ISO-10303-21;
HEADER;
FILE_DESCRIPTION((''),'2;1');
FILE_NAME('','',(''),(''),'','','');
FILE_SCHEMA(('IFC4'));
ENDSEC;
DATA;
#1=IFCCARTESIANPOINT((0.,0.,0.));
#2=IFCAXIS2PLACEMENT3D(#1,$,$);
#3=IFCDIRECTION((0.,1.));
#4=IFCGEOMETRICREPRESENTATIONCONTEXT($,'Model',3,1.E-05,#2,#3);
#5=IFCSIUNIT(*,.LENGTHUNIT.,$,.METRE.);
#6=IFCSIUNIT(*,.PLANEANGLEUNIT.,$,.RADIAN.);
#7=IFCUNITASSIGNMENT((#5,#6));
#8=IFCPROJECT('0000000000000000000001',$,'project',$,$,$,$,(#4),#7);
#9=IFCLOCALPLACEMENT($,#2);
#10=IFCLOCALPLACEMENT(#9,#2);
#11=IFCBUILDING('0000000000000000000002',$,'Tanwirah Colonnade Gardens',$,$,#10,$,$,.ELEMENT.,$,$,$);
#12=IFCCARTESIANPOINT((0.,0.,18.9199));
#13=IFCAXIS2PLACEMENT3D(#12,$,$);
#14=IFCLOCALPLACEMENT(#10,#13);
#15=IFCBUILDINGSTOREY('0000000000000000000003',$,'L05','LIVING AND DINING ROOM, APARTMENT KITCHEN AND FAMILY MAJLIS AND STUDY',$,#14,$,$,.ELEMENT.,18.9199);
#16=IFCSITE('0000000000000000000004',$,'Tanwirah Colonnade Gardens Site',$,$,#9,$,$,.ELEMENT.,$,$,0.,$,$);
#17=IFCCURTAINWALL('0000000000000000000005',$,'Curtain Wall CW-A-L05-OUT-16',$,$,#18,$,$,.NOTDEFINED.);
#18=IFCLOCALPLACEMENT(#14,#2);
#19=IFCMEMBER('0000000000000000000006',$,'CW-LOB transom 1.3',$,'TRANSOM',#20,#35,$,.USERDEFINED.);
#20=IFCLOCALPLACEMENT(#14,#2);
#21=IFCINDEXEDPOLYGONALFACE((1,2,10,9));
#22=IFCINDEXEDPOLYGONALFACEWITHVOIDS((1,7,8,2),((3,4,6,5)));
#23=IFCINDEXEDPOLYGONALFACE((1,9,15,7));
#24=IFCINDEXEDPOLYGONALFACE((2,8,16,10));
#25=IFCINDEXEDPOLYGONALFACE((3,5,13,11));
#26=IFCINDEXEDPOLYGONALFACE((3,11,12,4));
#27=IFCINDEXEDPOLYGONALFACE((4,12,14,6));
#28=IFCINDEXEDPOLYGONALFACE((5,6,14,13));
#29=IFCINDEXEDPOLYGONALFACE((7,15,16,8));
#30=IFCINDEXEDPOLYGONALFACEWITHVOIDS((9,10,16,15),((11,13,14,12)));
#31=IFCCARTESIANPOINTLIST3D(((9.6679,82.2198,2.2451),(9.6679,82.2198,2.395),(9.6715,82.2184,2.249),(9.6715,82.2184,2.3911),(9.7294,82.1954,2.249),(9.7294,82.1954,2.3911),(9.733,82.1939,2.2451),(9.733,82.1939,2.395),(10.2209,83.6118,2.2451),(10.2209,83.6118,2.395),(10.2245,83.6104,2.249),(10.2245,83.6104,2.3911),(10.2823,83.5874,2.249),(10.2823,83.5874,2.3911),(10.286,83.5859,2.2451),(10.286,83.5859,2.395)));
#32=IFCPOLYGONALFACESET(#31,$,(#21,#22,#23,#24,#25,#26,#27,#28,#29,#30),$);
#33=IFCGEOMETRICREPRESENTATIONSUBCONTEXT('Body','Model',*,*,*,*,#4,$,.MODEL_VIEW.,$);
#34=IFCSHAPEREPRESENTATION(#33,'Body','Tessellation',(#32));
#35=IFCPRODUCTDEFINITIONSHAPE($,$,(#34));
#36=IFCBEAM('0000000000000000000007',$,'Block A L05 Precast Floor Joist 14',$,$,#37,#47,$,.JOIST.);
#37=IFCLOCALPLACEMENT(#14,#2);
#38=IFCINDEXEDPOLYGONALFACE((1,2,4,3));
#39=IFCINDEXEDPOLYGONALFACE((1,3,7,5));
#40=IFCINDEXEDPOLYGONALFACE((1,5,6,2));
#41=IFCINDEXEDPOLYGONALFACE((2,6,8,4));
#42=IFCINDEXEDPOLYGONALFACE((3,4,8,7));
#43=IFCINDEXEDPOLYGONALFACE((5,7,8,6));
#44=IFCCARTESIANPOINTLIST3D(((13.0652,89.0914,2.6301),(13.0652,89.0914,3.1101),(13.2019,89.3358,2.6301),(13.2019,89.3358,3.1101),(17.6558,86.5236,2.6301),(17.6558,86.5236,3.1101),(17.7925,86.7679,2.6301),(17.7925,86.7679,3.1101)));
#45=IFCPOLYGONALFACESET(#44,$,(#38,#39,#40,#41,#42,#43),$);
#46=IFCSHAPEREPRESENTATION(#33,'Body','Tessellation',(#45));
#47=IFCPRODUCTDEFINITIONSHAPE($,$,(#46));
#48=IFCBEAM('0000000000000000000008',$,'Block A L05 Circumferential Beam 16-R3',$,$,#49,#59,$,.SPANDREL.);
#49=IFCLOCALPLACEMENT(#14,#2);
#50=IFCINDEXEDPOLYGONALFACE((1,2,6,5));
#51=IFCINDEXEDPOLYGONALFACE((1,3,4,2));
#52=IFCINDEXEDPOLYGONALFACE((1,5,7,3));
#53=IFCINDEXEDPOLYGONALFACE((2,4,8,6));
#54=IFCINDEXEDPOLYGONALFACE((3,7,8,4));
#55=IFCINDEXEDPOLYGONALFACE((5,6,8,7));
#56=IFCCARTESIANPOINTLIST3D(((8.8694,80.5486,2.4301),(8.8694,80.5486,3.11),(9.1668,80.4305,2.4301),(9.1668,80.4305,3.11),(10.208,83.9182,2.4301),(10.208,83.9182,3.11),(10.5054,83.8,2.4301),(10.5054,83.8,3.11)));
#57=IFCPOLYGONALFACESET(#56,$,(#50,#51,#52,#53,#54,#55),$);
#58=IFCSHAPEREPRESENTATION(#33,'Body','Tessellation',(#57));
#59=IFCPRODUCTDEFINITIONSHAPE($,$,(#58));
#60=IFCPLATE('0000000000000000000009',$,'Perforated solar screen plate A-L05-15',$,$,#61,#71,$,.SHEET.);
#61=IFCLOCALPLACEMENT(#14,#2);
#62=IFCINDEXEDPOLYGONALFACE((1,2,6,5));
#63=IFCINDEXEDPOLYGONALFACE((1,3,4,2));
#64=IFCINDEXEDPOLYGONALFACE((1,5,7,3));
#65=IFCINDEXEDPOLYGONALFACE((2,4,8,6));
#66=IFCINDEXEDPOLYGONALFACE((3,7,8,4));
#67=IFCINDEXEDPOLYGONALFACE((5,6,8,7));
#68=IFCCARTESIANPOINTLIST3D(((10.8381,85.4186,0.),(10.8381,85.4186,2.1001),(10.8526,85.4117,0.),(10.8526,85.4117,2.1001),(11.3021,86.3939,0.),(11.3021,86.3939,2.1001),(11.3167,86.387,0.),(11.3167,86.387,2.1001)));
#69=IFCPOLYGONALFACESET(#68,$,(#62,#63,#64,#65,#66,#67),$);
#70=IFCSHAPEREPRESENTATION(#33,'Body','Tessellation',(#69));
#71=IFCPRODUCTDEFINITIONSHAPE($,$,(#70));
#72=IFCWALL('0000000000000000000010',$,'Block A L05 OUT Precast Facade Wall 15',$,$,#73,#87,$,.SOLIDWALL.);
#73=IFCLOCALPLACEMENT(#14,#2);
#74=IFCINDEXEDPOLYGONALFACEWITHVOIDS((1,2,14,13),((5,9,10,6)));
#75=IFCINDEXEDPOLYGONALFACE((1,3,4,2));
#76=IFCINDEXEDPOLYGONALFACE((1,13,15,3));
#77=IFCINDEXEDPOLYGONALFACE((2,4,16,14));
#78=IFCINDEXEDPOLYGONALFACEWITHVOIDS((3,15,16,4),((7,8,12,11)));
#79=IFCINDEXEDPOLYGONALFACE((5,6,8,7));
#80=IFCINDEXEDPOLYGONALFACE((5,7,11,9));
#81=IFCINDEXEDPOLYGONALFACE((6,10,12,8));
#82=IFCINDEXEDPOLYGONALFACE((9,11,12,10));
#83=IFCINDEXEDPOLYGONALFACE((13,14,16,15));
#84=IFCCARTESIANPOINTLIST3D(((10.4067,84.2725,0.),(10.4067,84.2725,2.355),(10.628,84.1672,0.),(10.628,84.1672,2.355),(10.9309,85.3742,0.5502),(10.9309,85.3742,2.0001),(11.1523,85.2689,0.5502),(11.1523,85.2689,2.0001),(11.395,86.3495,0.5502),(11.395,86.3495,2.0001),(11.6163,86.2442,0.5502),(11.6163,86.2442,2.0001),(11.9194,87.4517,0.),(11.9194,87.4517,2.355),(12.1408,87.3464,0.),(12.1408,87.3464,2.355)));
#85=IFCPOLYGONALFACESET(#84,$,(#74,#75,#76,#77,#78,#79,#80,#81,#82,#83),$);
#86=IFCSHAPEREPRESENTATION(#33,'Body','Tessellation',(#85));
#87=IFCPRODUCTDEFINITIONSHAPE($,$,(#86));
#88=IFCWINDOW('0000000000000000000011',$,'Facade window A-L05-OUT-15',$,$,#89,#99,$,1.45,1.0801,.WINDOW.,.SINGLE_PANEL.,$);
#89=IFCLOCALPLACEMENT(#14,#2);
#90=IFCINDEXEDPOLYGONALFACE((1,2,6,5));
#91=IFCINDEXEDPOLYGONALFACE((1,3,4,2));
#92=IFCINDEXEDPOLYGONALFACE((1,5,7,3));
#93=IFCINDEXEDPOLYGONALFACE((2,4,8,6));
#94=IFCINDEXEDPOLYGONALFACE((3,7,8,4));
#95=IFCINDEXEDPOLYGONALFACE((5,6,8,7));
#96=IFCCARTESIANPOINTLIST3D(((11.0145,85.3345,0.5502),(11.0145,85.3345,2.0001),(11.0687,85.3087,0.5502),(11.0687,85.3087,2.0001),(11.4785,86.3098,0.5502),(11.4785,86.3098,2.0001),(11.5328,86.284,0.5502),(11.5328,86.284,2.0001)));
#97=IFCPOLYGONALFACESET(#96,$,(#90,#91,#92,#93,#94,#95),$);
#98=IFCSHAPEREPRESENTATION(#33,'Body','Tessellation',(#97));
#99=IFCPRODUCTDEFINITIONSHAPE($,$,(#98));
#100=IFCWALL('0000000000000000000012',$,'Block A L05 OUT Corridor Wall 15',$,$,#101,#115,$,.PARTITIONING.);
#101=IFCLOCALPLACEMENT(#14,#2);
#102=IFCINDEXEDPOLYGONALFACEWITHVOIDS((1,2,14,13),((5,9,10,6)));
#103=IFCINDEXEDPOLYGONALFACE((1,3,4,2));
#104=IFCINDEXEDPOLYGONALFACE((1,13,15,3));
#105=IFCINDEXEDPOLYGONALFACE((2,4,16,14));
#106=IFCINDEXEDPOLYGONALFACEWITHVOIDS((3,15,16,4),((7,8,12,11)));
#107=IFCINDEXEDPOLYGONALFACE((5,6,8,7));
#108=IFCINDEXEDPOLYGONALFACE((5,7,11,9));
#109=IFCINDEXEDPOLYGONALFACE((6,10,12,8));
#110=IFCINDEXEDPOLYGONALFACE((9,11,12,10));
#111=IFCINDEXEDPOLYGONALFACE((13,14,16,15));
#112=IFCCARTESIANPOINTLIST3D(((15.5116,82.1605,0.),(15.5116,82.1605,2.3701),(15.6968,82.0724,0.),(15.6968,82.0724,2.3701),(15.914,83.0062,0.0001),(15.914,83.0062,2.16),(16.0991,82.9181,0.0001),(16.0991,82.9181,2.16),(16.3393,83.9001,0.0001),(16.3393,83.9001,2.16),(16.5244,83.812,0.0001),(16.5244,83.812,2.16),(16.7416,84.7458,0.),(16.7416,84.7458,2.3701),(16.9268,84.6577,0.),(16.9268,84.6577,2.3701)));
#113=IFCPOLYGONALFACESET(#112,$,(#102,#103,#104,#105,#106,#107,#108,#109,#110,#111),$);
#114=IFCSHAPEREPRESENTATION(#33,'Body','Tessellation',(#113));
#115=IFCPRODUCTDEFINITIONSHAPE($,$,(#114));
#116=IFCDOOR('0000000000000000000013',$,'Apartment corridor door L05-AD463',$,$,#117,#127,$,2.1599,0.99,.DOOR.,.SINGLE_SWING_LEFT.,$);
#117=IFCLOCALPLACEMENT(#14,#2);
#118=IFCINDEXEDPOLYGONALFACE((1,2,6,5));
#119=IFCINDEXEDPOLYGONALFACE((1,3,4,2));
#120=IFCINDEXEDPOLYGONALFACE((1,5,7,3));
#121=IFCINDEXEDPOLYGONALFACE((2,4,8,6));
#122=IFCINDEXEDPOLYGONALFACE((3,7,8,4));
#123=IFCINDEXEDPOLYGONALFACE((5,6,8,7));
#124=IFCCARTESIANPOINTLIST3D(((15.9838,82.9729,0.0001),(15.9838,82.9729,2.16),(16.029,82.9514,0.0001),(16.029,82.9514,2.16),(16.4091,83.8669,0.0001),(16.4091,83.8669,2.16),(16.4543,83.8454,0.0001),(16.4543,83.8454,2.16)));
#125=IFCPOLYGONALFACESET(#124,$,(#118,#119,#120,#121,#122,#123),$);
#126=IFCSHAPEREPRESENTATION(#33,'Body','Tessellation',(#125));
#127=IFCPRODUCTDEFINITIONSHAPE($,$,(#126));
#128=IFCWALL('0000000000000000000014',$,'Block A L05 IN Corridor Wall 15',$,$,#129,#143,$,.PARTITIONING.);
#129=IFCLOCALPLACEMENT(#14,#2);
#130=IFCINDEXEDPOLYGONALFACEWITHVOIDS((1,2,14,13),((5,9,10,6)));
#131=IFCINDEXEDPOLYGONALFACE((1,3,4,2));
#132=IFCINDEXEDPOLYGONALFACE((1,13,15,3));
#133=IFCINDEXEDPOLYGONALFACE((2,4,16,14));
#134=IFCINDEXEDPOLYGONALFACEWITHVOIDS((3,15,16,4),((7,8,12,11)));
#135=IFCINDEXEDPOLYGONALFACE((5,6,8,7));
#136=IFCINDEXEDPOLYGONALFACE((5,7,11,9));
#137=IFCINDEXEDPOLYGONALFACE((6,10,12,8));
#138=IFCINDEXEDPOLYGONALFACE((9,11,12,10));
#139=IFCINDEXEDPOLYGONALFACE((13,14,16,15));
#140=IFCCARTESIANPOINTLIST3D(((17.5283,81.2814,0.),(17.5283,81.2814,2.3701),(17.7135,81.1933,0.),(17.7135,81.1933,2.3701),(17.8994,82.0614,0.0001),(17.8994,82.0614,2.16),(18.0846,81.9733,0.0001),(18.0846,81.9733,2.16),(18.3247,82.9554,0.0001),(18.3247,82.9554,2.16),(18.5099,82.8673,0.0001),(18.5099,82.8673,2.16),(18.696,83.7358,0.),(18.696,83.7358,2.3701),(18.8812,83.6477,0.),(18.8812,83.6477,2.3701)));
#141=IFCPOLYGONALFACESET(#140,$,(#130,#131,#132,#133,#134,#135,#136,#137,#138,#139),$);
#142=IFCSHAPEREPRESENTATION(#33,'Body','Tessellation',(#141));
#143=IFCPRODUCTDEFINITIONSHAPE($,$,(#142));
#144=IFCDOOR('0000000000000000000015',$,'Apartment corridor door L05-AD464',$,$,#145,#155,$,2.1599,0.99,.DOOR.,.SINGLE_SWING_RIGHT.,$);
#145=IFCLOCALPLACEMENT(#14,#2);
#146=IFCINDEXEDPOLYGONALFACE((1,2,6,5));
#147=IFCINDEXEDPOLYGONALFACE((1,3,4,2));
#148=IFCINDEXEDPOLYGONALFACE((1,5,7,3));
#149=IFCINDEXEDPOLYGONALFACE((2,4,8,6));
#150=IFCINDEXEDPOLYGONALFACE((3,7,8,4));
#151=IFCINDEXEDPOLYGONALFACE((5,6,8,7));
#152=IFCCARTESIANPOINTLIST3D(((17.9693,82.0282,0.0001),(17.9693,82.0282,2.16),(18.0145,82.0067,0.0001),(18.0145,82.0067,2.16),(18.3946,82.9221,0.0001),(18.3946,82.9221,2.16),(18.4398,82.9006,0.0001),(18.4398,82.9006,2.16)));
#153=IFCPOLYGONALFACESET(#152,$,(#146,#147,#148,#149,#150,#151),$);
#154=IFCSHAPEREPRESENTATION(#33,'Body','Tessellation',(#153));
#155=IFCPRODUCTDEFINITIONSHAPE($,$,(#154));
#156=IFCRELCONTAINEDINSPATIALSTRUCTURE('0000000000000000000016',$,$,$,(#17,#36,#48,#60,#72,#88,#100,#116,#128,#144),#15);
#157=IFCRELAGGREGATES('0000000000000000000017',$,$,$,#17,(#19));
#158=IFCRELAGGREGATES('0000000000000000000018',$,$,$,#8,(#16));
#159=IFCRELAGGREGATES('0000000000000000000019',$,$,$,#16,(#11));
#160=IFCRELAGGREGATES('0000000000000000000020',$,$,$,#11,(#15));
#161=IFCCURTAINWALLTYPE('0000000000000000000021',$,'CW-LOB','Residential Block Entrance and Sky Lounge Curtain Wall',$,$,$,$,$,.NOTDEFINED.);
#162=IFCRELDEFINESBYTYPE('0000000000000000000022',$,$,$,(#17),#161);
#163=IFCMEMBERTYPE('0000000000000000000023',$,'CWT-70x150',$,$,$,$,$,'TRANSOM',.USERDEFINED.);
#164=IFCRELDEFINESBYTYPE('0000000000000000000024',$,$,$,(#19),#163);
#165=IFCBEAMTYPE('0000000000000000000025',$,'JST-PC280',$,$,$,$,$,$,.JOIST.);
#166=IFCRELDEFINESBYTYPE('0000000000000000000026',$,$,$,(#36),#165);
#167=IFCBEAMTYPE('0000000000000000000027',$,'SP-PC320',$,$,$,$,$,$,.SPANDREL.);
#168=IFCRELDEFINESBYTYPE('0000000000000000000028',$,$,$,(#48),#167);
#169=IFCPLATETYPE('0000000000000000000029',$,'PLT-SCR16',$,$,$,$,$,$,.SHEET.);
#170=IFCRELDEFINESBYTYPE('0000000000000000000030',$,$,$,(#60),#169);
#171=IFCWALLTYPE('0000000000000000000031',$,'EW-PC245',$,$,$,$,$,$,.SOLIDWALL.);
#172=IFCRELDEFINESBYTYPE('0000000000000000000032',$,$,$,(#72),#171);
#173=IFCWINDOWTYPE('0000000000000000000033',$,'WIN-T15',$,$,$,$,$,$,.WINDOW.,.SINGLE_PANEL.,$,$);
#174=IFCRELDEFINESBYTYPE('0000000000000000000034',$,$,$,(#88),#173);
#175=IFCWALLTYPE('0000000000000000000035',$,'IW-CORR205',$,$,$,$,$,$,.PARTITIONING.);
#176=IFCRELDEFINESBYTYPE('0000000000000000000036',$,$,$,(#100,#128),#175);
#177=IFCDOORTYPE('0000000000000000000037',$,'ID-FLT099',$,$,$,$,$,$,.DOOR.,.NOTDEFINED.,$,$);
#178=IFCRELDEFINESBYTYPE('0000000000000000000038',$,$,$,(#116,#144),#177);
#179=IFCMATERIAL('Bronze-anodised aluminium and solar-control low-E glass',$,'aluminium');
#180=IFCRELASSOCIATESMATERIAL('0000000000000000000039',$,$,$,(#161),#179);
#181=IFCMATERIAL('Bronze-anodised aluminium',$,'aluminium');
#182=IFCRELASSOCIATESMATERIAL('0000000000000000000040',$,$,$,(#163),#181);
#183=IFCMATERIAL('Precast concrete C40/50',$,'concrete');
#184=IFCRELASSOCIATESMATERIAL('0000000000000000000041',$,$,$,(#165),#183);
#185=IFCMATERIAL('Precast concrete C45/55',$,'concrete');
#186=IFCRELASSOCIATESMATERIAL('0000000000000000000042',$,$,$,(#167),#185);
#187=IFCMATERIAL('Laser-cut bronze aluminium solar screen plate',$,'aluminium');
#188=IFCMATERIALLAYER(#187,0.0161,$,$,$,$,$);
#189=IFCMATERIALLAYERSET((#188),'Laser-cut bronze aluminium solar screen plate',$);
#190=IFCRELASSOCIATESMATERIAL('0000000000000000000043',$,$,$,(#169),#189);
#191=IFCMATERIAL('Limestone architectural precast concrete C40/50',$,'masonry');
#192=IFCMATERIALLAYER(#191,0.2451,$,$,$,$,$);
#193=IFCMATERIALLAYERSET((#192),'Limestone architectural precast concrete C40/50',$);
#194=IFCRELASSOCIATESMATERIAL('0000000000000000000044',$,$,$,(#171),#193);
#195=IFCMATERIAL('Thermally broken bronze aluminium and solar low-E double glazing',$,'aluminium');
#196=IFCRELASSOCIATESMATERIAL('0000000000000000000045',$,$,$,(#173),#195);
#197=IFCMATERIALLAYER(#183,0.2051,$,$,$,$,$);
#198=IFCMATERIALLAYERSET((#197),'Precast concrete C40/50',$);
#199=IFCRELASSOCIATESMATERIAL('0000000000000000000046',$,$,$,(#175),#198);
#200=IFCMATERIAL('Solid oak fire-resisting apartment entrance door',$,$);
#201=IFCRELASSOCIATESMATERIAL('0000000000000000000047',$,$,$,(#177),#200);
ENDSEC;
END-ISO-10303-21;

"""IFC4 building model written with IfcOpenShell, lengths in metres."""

from ifc_helpers import new_model, si_unit, direction, frame, frame_2d, origin, origin_2d, place, context, subcontext, project, spatial, rectangle, hollow_rectangle, extrude, material, layer, layer_set, material_profile, profile_set, type_object, element, fill, aggregate, save


model = new_model("IFC4")

# Units and contexts
model_context = context("Model", 3, precision=1e-05, world=origin(), true_north=direction((0.0, 1.0)))
body_context = subcontext(model_context, "Body", "Model", "MODEL_VIEW")
ifc_project = project(units=[si_unit("LENGTHUNIT", "METRE"), si_unit("PLANEANGLEUNIT", "RADIAN")], contexts=[model_context])

# Site, building, storey
site_placement = place(None, origin())
site = spatial("IfcSite", under=ifc_project, at=site_placement, Name="Tanwirah Colonnade Gardens Site", CompositionType="ELEMENT", RefElevation=0.0)
building_placement = place(site_placement, origin())
building = spatial("IfcBuilding", under=site, at=building_placement, Name="Tanwirah Colonnade Gardens", CompositionType="ELEMENT")
storey_placement = place(building_placement, frame((0.0, 0.0, 18.9199)))
storey = spatial("IfcBuildingStorey", under=building, at=storey_placement, Name="L05", Description="LIVING AND DINING ROOM, APARTMENT KITCHEN AND FAMILY MAJLIS AND STUDY", CompositionType="ELEMENT", Elevation=18.9199)

# Shared definitions
ifc_material_1 = material(Name="Precast concrete C45/55", Category="concrete")

# Shared definitions
ifc_material_2 = material(Name="Precast concrete C40/50", Category="concrete")

# Curtain wall, member
ifc_material_3 = material(Name="Bronze-anodised aluminium and solar-control low-E glass", Category="aluminium")
curtain_wall_type = type_object("IfcCurtainWallType", Name="CW-LOB", Description="Residential Block Entrance and Sky Lounge Curtain Wall", PredefinedType="NOTDEFINED", material=ifc_material_3)
curtain_wall_placement = place(storey_placement, origin())
curtain_wall = element("IfcCurtainWall", 1, at=curtain_wall_placement, inside=storey, type_object=curtain_wall_type, Name="Curtain Wall CW-A-L05-OUT-16", PredefinedType="NOTDEFINED")
ifc_material_4 = material(Name="Bronze-anodised aluminium", Category="aluminium")
ifc_material_profile_1 = material_profile(ifc_material_4, hollow_rectangle(XDim=0.0701, YDim=0.1499, WallThickness=0.0039, at=origin_2d()), Name="CW-TRN 70x150x4")
ifc_profile_set_1 = profile_set([ifc_material_profile_1], Name="Bronze-anodised aluminium")
member_type_1 = type_object("IfcMemberType", Name="CWT-70x150", ElementType="TRANSOM", PredefinedType="USERDEFINED", material=ifc_profile_set_1)
member_1_placement = place(storey_placement, frame((10.2534, 83.5989, 2.3201), z_axis=(-0.36917, -0.929362, 0.0), x_axis=(0.929362, -0.36917, 0.0)))
member_1 = element("IfcMember", 2, at=member_1_placement, type_object=member_type_1, Name="CW-LOB transom 1.3", ObjectType="TRANSOM", PredefinedType="USERDEFINED", context=body_context, shape_type="SweptSolid", body=[
    extrude(hollow_rectangle(XDim=0.0701, YDim=0.1499, WallThickness=0.0039, at=origin_2d()), origin(), (0.0, 0.0, 1.0), 1.4978),
])
aggregate(curtain_wall, [member_1])

# Beams
ifc_material_profile_2 = material_profile(ifc_material_2, rectangle(XDim=0.28, YDim=0.48, at=origin_2d()), Name="PC-JST 280x480")
ifc_profile_set_2 = profile_set([ifc_material_profile_2], Name="Precast concrete C40/50")
beam_type_1 = type_object("IfcBeamType", Name="JST-PC280", PredefinedType="JOIST", material=ifc_profile_set_2)
beam_1_placement = place(storey_placement, frame((17.7241, 86.6458, 2.8701), z_axis=(-0.872737, 0.488191, 0.0), x_axis=(-0.488191, -0.872737, 0.0)))
element("IfcBeam", 3, at=beam_1_placement, inside=storey, type_object=beam_type_1, Name="Block A L05 Precast Floor Joist 14", PredefinedType="JOIST", context=body_context, shape_type="SweptSolid", body=[
    extrude(rectangle(XDim=0.28, YDim=0.48, at=origin_2d()), origin(), (0.0, 0.0, 1.0), 5.26),
])
ifc_material_profile_3 = material_profile(ifc_material_1, rectangle(XDim=0.3201, YDim=0.6799, at=origin_2d()), Name="PC-SP 320x680")
ifc_profile_set_3 = profile_set([ifc_material_profile_3], Name="Precast concrete C45/55")
beam_type_2 = type_object("IfcBeamType", Name="SP-PC320", PredefinedType="SPANDREL", material=ifc_profile_set_3)
beam_2_placement = place(storey_placement, frame((10.3567, 83.8591, 2.77), z_axis=(-0.369195, -0.929352, 0.0), x_axis=(0.929352, -0.369195, 0.0)))
element("IfcBeam", 4, at=beam_2_placement, inside=storey, type_object=beam_type_2, Name="Block A L05 Circumferential Beam 16-R3", PredefinedType="SPANDREL", context=body_context, shape_type="SweptSolid", body=[
    extrude(rectangle(XDim=0.3201, YDim=0.6799, at=origin_2d()), origin(), (0.0, 0.0, 1.0), 3.6257),
])

# Plate
ifc_material_5 = material(Name="Laser-cut bronze aluminium solar screen plate", Category="aluminium")
ifc_layer_1 = layer(ifc_material_5, 0.0161)
ifc_layer_set_1 = layer_set([ifc_layer_1], Name="Laser-cut bronze aluminium solar screen plate")
plate_type = type_object("IfcPlateType", Name="PLT-SCR16", PredefinedType="SHEET", material=ifc_layer_set_1)
plate_placement = place(storey_placement, frame((11.0774, 85.9028, 0.0), z_axis=(0.0, 0.0, 1.0), x_axis=(-0.429636, -0.903002, 0.0)))
element("IfcPlate", 5, at=plate_placement, inside=storey, type_object=plate_type, Name="Perforated solar screen plate A-L05-15", PredefinedType="SHEET", context=body_context, shape_type="SweptSolid", body=[
    extrude(rectangle(XDim=1.0801, YDim=0.0161, at=origin_2d()), origin(), (0.0, 0.0, 1.0), 2.1001),
])

# Wall, opening, window
ifc_material_6 = material(Name="Limestone architectural precast concrete C40/50", Category="masonry")
ifc_layer_2 = layer(ifc_material_6, 0.2451)
ifc_layer_set_2 = layer_set([ifc_layer_2], Name="Limestone architectural precast concrete C40/50")
wall_type_1 = type_object("IfcWallType", Name="EW-PC245", PredefinedType="SOLIDWALL", material=ifc_layer_set_2)
wall_1_placement = place(storey_placement, frame((12.03, 87.3989, 0.0), z_axis=(0.0, 0.0, 1.0), x_axis=(-0.429654, -0.902994, 0.0)))
wall_1 = element("IfcWall", 6, at=wall_1_placement, inside=storey, type_object=wall_type_1, Name="Block A L05 OUT Precast Facade Wall 15", PredefinedType="SOLIDWALL", context=body_context, shape_type="SweptSolid", body=[
    extrude(rectangle(XDim=3.5208, YDim=0.2451, at=frame_2d((1.7603, 0.0))), origin(), (0.0, 0.0, 1.0), 2.355),
])
opening_1_placement = place(wall_1_placement, frame((1.2205, 0.0, 0.55)))
opening_1 = element("IfcOpeningElement", 7, at=opening_1_placement, cuts=wall_1, PredefinedType="OPENING", context=body_context, shape_type="SweptSolid", body=[
    extrude(rectangle(XDim=1.0801, YDim=1.45, at=frame_2d((0.54, 0.7251))), frame((0.0, 0.1326, 0.0), z_axis=(0.0, -1.0, 0.0), x_axis=(1.0, 0.0, 0.0)), (0.0, 0.0, 1.0), 0.2651),
])
ifc_material_7 = material(Name="Thermally broken bronze aluminium and solar low-E double glazing", Category="aluminium")
window_type = type_object("IfcWindowType", Name="WIN-T15", PartitioningType="SINGLE_PANEL", PredefinedType="WINDOW", material=ifc_material_7)
window_placement = place(opening_1_placement, origin())
window = element("IfcWindow", 8, at=window_placement, inside=storey, type_object=window_type, Name="Facade window A-L05-OUT-15", OverallHeight=1.45, OverallWidth=1.0801, PartitioningType="SINGLE_PANEL", PredefinedType="WINDOW", context=body_context, shape_type="SweptSolid", body=[
    extrude(rectangle(XDim=1.0801, YDim=1.45, at=frame_2d((0.54, 0.7251))), frame((0.0, 0.03, 0.0), z_axis=(0.0, -1.0, 0.0), x_axis=(1.0, 0.0, 0.0)), (0.0, 0.0, 1.0), 0.0601),
])
fill(opening_1, window)

# Walls, openings, doors
ifc_layer_3 = layer(ifc_material_2, 0.2051)
ifc_layer_set_3 = layer_set([ifc_layer_3], Name="Precast concrete C40/50")
wall_type_2 = type_object("IfcWallType", Name="IW-CORR205", PredefinedType="PARTITIONING", material=ifc_layer_set_3)
ifc_material_8 = material(Name="Solid oak fire-resisting apartment entrance door")
wall_2_placement = place(storey_placement, frame((16.8342, 84.7019, 0.0), z_axis=(0.0, 0.0, 1.0), x_axis=(-0.429596, -0.903021, 0.0)))
wall_2 = element("IfcWall", 9, at=wall_2_placement, inside=storey, type_object=wall_type_2, Name="Block A L05 OUT Corridor Wall 15", PredefinedType="PARTITIONING", context=body_context, shape_type="SweptSolid", body=[
    extrude(rectangle(XDim=2.863, YDim=0.2051, at=frame_2d((1.4316, 0.0))), origin(), (0.0, 0.0, 1.0), 2.3701),
])
opening_2_placement = place(wall_2_placement, frame((0.9365, 0.0, 0.0)))
opening_2 = element("IfcOpeningElement", 10, at=opening_2_placement, cuts=wall_2, PredefinedType="OPENING", context=body_context, shape_type="SweptSolid", body=[
    extrude(rectangle(XDim=0.99, YDim=2.1599, at=frame_2d((0.4951, 1.0801))), frame((0.0, 0.1125, 0.0), z_axis=(0.0, -1.0, 0.0), x_axis=(1.0, 0.0, 0.0)), (0.0, 0.0, 1.0), 0.2251),
])
door_type_1 = type_object("IfcDoorType", Name="ID-FLT099", OperationType="NOTDEFINED", PredefinedType="DOOR", material=ifc_material_8)
door_1_placement = place(opening_2_placement, origin())
door_1 = element("IfcDoor", 11, at=door_1_placement, inside=storey, type_object=door_type_1, Name="Apartment corridor door L05-AD463", OperationType="SINGLE_SWING_LEFT", OverallHeight=2.1599, OverallWidth=0.99, PredefinedType="DOOR", context=body_context, shape_type="SweptSolid", body=[
    extrude(rectangle(XDim=0.99, YDim=2.1599, at=frame_2d((0.4951, 1.0801))), frame((0.0, 0.0249, 0.0), z_axis=(0.0, -1.0, 0.0), x_axis=(1.0, 0.0, 0.0)), (0.0, 0.0, 1.0), 0.05),
])
fill(opening_2, door_1)
wall_3_placement = place(storey_placement, frame((18.7886, 83.6917, 0.0), z_axis=(0.0, 0.0, 1.0), x_axis=(-0.42963, -0.903005, 0.0)))
wall_3 = element("IfcWall", 12, at=wall_3_placement, inside=storey, type_object=wall_type_2, Name="Block A L05 IN Corridor Wall 15", PredefinedType="PARTITIONING", context=body_context, shape_type="SweptSolid", body=[
    extrude(rectangle(XDim=2.718, YDim=0.2051, at=frame_2d((1.3589, 0.0))), origin(), (0.0, 0.0, 1.0), 2.3701),
])
opening_3_placement = place(wall_3_placement, frame((0.864, 0.0, 0.0)))
opening_3 = element("IfcOpeningElement", 13, at=opening_3_placement, cuts=wall_3, PredefinedType="OPENING", context=body_context, shape_type="SweptSolid", body=[
    extrude(rectangle(XDim=0.99, YDim=2.1599, at=frame_2d((0.4951, 1.0801))), frame((0.0, 0.1125, 0.0), z_axis=(0.0, -1.0, 0.0), x_axis=(1.0, 0.0, 0.0)), (0.0, 0.0, 1.0), 0.2251),
])
door_2_placement = place(opening_3_placement, origin())
door_2 = element("IfcDoor", 14, at=door_2_placement, inside=storey, type_object=door_type_1, Name="Apartment corridor door L05-AD464", OperationType="SINGLE_SWING_RIGHT", OverallHeight=2.1599, OverallWidth=0.99, PredefinedType="DOOR", context=body_context, shape_type="SweptSolid", body=[
    extrude(rectangle(XDim=0.99, YDim=2.1599, at=frame_2d((0.4951, 1.0801))), frame((0.0, 0.0249, 0.0), z_axis=(0.0, -1.0, 0.0), x_axis=(1.0, 0.0, 0.0)), (0.0, 0.0, 1.0), 0.05),
])
fill(opening_3, door_2)

save(model, "model.ifc")
